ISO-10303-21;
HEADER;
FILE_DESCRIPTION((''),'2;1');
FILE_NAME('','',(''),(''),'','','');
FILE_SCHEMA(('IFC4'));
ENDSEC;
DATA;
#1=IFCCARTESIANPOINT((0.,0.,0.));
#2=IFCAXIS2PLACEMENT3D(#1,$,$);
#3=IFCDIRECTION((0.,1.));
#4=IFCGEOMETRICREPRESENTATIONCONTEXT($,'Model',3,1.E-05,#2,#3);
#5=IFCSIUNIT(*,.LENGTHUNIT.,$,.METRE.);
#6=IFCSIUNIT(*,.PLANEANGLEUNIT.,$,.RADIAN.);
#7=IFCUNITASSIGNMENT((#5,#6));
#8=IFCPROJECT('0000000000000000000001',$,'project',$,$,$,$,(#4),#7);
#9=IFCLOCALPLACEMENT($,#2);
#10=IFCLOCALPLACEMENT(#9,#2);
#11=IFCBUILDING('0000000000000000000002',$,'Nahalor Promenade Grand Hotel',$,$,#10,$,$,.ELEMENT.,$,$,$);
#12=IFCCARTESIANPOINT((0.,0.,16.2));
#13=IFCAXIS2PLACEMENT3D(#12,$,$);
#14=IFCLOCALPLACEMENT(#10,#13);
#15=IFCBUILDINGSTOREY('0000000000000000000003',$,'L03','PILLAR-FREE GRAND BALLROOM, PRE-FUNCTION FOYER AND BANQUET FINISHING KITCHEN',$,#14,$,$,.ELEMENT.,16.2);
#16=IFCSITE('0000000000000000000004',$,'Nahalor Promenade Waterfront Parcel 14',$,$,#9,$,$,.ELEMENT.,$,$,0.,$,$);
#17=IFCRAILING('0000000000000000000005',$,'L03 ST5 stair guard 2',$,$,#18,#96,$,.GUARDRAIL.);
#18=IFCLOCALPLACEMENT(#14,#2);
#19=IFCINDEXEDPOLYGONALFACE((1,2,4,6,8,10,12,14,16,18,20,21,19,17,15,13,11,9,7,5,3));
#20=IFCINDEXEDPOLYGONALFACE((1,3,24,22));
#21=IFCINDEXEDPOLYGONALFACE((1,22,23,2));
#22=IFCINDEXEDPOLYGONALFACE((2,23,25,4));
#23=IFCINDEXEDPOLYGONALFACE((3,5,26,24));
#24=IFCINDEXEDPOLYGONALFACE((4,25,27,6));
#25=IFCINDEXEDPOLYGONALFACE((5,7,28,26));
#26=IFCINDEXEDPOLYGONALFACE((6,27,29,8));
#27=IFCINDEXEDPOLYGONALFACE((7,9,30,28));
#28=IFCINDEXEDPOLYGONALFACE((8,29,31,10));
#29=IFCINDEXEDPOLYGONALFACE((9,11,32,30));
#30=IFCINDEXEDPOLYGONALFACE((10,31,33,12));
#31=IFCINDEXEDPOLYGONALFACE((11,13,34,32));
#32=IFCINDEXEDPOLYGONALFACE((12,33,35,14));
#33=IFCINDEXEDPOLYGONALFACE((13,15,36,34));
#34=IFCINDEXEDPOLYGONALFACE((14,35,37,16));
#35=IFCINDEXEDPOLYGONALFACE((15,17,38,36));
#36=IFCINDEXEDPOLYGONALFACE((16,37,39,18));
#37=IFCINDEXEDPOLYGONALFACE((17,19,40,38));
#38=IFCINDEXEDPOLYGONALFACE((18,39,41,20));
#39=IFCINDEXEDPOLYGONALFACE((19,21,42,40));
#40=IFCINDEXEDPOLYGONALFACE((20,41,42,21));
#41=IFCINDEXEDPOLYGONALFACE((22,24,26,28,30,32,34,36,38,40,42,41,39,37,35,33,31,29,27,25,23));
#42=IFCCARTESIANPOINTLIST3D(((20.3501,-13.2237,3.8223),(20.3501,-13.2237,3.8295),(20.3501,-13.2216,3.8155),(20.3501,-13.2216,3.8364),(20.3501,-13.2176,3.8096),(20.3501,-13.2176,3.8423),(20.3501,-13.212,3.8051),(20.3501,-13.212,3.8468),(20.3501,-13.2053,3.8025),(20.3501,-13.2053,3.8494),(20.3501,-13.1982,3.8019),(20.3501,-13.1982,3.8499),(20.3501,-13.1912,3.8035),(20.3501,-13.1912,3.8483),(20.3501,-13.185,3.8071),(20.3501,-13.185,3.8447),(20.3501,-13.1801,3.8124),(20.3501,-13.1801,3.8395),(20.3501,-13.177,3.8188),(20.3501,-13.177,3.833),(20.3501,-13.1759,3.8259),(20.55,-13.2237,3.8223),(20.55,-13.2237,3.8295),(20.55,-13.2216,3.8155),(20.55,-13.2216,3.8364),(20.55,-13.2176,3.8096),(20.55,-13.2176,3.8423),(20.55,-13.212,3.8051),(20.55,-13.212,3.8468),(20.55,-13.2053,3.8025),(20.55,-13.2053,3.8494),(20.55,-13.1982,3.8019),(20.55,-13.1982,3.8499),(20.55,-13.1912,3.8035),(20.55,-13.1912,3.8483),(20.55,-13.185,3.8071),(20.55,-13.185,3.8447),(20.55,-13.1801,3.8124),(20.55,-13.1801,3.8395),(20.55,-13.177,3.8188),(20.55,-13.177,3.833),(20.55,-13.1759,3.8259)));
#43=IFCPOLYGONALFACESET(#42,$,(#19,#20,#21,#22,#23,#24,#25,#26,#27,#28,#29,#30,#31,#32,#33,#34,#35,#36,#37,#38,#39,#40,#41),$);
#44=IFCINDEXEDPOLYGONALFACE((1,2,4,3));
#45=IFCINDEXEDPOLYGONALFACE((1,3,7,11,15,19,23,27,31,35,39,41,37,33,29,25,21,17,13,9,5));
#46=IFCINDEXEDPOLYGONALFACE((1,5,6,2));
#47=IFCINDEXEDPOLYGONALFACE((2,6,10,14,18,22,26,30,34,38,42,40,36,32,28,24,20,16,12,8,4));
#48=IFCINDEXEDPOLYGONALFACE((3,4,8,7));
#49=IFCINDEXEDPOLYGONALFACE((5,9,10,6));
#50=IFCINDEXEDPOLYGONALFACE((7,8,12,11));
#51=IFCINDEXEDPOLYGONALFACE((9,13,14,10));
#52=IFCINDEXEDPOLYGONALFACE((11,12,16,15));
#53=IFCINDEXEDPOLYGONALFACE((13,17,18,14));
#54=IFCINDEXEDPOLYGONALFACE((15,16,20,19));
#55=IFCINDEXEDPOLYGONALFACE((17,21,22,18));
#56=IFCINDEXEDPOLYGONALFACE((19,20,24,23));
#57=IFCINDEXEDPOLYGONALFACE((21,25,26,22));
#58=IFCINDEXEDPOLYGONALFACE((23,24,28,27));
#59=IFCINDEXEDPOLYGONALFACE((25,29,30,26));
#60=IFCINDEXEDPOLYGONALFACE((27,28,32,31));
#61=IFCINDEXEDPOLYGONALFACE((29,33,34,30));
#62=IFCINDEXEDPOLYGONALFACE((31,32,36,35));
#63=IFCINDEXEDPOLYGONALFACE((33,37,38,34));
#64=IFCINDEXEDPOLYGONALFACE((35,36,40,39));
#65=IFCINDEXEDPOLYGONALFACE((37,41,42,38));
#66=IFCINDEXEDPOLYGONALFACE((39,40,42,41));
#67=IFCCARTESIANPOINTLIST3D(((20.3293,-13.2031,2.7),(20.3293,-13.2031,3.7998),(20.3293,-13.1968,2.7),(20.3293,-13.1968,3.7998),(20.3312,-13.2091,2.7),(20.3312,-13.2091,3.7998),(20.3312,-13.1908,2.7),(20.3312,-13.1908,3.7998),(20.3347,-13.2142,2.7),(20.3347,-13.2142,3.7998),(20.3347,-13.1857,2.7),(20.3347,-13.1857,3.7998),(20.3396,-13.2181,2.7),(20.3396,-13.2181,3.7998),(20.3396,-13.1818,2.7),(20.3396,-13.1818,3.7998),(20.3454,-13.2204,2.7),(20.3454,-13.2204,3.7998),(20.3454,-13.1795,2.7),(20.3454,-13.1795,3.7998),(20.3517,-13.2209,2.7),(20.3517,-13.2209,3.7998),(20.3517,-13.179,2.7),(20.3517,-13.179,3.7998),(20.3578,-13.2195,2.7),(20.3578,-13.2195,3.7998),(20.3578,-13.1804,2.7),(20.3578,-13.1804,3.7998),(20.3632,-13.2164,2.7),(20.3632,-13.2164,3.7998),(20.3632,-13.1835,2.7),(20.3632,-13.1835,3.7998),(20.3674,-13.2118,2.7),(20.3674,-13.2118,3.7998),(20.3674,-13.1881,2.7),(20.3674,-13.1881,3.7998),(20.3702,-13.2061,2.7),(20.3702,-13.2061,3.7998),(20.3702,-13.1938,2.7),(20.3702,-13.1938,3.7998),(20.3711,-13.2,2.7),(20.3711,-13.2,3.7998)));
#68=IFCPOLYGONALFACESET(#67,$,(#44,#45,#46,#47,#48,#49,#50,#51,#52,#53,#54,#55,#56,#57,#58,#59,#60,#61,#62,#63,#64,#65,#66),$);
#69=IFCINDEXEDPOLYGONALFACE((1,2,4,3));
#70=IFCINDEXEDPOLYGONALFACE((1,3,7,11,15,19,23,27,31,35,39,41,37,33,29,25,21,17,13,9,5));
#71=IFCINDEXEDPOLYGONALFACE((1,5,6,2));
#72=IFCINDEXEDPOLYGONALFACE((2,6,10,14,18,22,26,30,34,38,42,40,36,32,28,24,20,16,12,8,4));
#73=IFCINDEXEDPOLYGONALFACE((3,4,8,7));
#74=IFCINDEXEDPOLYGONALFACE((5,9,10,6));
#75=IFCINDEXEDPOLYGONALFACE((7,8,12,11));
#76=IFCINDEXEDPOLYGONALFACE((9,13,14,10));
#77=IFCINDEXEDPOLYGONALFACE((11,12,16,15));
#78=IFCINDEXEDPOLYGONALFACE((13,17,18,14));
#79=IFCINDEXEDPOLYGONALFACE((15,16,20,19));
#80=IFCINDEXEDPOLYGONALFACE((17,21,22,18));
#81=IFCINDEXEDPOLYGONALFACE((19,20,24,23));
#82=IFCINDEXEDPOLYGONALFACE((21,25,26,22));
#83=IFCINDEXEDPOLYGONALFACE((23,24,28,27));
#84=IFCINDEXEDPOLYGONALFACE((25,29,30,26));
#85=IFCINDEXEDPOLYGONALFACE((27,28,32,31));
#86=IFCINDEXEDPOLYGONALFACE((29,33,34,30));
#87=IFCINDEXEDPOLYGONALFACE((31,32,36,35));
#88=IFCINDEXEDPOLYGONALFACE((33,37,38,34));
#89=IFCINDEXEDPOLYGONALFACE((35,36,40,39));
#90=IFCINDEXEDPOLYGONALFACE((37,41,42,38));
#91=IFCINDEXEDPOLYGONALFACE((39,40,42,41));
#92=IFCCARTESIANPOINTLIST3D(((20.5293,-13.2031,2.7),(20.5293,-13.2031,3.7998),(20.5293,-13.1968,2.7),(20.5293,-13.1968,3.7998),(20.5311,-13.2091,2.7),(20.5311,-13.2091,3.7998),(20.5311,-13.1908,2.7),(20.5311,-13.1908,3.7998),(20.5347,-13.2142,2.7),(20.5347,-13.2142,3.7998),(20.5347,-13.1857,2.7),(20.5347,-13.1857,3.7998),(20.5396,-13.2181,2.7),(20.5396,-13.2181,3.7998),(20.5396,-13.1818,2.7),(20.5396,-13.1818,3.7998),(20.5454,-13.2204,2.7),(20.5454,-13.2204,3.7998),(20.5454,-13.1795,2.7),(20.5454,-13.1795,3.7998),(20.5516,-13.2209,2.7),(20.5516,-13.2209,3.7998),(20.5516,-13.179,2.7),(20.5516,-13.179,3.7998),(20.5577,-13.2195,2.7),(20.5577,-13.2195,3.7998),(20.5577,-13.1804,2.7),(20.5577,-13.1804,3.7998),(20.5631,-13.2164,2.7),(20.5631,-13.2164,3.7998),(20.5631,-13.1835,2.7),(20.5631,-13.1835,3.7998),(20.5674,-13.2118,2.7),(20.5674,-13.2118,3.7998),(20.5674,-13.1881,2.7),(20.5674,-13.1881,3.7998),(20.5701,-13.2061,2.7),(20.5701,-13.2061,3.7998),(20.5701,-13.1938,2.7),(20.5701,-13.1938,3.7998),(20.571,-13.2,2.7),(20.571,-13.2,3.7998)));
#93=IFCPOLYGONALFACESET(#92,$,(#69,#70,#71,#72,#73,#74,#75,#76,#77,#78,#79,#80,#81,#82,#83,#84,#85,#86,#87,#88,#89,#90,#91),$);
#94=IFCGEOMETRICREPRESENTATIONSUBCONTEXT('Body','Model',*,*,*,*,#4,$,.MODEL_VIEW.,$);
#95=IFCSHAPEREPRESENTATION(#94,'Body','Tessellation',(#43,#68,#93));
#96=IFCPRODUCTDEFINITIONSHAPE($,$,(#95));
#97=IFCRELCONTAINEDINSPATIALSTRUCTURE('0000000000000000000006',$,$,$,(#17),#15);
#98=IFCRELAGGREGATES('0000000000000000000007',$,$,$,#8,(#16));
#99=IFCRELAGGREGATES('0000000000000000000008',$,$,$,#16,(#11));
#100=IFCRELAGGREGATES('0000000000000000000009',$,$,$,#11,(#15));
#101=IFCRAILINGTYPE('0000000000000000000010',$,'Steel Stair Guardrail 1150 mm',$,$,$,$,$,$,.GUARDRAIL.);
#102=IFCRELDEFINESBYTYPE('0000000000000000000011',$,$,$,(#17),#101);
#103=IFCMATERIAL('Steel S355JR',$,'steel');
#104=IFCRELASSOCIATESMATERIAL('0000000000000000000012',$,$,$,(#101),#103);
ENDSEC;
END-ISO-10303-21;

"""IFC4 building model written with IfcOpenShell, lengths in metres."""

from ifc_helpers import new_model, si_unit, direction, frame, origin, origin_2d, place, context, subcontext, project, spatial, circle, extrude, material, type_object, element, save


model = new_model("IFC4")

# Units and contexts
model_context = context("Model", 3, precision=1e-05, world=origin(), true_north=direction((0.0, 1.0)))
body_context = subcontext(model_context, "Body", "Model", "MODEL_VIEW")
ifc_project = project(units=[si_unit("LENGTHUNIT", "METRE"), si_unit("PLANEANGLEUNIT", "RADIAN")], contexts=[model_context])

# Site, building, storey
site_placement = place(None, origin())
site = spatial("IfcSite", under=ifc_project, at=site_placement, Name="Nahalor Promenade Waterfront Parcel 14", CompositionType="ELEMENT", RefElevation=0.0)
building_placement = place(site_placement, origin())
building = spatial("IfcBuilding", under=site, at=building_placement, Name="Nahalor Promenade Grand Hotel", CompositionType="ELEMENT")
storey_placement = place(building_placement, frame((0.0, 0.0, 16.2)))
storey = spatial("IfcBuildingStorey", under=building, at=storey_placement, Name="L03", Description="PILLAR-FREE GRAND BALLROOM, PRE-FUNCTION FOYER AND BANQUET FINISHING KITCHEN", CompositionType="ELEMENT", Elevation=16.2)

# Shared definitions
ifc_material_1 = material(Name="Steel S355JR", Category="steel")

# Railing
railing_type_1 = type_object("IfcRailingType", Name="Steel Stair Guardrail 1150 mm", PredefinedType="GUARDRAIL", material=ifc_material_1)
railing_1_placement = place(storey_placement, frame((20.3501, -13.2, 2.7)))
element("IfcRailing", 1, at=railing_1_placement, inside=storey, type_object=railing_type_1, Name="L03 ST5 stair guard 2", PredefinedType="GUARDRAIL", context=body_context, shape_type="SweptSolid", body=[
    extrude(circle(Radius=0.024, at=origin_2d()), frame((0.0, 0.0, 1.126), z_axis=(1.0, 0.0, 0.0), x_axis=(0.0, 1.0, 0.0)), (0.0, 0.0, 1.0), 0.2),
    extrude(circle(Radius=0.021, at=origin_2d()), origin(), (0.0, 0.0, 1.0), 1.0999),
    extrude(circle(Radius=0.021, at=origin_2d()), frame((0.2, 0.0, 0.0)), (0.0, 0.0, 1.0), 1.0999),
])

save(model, "model.ifc")
